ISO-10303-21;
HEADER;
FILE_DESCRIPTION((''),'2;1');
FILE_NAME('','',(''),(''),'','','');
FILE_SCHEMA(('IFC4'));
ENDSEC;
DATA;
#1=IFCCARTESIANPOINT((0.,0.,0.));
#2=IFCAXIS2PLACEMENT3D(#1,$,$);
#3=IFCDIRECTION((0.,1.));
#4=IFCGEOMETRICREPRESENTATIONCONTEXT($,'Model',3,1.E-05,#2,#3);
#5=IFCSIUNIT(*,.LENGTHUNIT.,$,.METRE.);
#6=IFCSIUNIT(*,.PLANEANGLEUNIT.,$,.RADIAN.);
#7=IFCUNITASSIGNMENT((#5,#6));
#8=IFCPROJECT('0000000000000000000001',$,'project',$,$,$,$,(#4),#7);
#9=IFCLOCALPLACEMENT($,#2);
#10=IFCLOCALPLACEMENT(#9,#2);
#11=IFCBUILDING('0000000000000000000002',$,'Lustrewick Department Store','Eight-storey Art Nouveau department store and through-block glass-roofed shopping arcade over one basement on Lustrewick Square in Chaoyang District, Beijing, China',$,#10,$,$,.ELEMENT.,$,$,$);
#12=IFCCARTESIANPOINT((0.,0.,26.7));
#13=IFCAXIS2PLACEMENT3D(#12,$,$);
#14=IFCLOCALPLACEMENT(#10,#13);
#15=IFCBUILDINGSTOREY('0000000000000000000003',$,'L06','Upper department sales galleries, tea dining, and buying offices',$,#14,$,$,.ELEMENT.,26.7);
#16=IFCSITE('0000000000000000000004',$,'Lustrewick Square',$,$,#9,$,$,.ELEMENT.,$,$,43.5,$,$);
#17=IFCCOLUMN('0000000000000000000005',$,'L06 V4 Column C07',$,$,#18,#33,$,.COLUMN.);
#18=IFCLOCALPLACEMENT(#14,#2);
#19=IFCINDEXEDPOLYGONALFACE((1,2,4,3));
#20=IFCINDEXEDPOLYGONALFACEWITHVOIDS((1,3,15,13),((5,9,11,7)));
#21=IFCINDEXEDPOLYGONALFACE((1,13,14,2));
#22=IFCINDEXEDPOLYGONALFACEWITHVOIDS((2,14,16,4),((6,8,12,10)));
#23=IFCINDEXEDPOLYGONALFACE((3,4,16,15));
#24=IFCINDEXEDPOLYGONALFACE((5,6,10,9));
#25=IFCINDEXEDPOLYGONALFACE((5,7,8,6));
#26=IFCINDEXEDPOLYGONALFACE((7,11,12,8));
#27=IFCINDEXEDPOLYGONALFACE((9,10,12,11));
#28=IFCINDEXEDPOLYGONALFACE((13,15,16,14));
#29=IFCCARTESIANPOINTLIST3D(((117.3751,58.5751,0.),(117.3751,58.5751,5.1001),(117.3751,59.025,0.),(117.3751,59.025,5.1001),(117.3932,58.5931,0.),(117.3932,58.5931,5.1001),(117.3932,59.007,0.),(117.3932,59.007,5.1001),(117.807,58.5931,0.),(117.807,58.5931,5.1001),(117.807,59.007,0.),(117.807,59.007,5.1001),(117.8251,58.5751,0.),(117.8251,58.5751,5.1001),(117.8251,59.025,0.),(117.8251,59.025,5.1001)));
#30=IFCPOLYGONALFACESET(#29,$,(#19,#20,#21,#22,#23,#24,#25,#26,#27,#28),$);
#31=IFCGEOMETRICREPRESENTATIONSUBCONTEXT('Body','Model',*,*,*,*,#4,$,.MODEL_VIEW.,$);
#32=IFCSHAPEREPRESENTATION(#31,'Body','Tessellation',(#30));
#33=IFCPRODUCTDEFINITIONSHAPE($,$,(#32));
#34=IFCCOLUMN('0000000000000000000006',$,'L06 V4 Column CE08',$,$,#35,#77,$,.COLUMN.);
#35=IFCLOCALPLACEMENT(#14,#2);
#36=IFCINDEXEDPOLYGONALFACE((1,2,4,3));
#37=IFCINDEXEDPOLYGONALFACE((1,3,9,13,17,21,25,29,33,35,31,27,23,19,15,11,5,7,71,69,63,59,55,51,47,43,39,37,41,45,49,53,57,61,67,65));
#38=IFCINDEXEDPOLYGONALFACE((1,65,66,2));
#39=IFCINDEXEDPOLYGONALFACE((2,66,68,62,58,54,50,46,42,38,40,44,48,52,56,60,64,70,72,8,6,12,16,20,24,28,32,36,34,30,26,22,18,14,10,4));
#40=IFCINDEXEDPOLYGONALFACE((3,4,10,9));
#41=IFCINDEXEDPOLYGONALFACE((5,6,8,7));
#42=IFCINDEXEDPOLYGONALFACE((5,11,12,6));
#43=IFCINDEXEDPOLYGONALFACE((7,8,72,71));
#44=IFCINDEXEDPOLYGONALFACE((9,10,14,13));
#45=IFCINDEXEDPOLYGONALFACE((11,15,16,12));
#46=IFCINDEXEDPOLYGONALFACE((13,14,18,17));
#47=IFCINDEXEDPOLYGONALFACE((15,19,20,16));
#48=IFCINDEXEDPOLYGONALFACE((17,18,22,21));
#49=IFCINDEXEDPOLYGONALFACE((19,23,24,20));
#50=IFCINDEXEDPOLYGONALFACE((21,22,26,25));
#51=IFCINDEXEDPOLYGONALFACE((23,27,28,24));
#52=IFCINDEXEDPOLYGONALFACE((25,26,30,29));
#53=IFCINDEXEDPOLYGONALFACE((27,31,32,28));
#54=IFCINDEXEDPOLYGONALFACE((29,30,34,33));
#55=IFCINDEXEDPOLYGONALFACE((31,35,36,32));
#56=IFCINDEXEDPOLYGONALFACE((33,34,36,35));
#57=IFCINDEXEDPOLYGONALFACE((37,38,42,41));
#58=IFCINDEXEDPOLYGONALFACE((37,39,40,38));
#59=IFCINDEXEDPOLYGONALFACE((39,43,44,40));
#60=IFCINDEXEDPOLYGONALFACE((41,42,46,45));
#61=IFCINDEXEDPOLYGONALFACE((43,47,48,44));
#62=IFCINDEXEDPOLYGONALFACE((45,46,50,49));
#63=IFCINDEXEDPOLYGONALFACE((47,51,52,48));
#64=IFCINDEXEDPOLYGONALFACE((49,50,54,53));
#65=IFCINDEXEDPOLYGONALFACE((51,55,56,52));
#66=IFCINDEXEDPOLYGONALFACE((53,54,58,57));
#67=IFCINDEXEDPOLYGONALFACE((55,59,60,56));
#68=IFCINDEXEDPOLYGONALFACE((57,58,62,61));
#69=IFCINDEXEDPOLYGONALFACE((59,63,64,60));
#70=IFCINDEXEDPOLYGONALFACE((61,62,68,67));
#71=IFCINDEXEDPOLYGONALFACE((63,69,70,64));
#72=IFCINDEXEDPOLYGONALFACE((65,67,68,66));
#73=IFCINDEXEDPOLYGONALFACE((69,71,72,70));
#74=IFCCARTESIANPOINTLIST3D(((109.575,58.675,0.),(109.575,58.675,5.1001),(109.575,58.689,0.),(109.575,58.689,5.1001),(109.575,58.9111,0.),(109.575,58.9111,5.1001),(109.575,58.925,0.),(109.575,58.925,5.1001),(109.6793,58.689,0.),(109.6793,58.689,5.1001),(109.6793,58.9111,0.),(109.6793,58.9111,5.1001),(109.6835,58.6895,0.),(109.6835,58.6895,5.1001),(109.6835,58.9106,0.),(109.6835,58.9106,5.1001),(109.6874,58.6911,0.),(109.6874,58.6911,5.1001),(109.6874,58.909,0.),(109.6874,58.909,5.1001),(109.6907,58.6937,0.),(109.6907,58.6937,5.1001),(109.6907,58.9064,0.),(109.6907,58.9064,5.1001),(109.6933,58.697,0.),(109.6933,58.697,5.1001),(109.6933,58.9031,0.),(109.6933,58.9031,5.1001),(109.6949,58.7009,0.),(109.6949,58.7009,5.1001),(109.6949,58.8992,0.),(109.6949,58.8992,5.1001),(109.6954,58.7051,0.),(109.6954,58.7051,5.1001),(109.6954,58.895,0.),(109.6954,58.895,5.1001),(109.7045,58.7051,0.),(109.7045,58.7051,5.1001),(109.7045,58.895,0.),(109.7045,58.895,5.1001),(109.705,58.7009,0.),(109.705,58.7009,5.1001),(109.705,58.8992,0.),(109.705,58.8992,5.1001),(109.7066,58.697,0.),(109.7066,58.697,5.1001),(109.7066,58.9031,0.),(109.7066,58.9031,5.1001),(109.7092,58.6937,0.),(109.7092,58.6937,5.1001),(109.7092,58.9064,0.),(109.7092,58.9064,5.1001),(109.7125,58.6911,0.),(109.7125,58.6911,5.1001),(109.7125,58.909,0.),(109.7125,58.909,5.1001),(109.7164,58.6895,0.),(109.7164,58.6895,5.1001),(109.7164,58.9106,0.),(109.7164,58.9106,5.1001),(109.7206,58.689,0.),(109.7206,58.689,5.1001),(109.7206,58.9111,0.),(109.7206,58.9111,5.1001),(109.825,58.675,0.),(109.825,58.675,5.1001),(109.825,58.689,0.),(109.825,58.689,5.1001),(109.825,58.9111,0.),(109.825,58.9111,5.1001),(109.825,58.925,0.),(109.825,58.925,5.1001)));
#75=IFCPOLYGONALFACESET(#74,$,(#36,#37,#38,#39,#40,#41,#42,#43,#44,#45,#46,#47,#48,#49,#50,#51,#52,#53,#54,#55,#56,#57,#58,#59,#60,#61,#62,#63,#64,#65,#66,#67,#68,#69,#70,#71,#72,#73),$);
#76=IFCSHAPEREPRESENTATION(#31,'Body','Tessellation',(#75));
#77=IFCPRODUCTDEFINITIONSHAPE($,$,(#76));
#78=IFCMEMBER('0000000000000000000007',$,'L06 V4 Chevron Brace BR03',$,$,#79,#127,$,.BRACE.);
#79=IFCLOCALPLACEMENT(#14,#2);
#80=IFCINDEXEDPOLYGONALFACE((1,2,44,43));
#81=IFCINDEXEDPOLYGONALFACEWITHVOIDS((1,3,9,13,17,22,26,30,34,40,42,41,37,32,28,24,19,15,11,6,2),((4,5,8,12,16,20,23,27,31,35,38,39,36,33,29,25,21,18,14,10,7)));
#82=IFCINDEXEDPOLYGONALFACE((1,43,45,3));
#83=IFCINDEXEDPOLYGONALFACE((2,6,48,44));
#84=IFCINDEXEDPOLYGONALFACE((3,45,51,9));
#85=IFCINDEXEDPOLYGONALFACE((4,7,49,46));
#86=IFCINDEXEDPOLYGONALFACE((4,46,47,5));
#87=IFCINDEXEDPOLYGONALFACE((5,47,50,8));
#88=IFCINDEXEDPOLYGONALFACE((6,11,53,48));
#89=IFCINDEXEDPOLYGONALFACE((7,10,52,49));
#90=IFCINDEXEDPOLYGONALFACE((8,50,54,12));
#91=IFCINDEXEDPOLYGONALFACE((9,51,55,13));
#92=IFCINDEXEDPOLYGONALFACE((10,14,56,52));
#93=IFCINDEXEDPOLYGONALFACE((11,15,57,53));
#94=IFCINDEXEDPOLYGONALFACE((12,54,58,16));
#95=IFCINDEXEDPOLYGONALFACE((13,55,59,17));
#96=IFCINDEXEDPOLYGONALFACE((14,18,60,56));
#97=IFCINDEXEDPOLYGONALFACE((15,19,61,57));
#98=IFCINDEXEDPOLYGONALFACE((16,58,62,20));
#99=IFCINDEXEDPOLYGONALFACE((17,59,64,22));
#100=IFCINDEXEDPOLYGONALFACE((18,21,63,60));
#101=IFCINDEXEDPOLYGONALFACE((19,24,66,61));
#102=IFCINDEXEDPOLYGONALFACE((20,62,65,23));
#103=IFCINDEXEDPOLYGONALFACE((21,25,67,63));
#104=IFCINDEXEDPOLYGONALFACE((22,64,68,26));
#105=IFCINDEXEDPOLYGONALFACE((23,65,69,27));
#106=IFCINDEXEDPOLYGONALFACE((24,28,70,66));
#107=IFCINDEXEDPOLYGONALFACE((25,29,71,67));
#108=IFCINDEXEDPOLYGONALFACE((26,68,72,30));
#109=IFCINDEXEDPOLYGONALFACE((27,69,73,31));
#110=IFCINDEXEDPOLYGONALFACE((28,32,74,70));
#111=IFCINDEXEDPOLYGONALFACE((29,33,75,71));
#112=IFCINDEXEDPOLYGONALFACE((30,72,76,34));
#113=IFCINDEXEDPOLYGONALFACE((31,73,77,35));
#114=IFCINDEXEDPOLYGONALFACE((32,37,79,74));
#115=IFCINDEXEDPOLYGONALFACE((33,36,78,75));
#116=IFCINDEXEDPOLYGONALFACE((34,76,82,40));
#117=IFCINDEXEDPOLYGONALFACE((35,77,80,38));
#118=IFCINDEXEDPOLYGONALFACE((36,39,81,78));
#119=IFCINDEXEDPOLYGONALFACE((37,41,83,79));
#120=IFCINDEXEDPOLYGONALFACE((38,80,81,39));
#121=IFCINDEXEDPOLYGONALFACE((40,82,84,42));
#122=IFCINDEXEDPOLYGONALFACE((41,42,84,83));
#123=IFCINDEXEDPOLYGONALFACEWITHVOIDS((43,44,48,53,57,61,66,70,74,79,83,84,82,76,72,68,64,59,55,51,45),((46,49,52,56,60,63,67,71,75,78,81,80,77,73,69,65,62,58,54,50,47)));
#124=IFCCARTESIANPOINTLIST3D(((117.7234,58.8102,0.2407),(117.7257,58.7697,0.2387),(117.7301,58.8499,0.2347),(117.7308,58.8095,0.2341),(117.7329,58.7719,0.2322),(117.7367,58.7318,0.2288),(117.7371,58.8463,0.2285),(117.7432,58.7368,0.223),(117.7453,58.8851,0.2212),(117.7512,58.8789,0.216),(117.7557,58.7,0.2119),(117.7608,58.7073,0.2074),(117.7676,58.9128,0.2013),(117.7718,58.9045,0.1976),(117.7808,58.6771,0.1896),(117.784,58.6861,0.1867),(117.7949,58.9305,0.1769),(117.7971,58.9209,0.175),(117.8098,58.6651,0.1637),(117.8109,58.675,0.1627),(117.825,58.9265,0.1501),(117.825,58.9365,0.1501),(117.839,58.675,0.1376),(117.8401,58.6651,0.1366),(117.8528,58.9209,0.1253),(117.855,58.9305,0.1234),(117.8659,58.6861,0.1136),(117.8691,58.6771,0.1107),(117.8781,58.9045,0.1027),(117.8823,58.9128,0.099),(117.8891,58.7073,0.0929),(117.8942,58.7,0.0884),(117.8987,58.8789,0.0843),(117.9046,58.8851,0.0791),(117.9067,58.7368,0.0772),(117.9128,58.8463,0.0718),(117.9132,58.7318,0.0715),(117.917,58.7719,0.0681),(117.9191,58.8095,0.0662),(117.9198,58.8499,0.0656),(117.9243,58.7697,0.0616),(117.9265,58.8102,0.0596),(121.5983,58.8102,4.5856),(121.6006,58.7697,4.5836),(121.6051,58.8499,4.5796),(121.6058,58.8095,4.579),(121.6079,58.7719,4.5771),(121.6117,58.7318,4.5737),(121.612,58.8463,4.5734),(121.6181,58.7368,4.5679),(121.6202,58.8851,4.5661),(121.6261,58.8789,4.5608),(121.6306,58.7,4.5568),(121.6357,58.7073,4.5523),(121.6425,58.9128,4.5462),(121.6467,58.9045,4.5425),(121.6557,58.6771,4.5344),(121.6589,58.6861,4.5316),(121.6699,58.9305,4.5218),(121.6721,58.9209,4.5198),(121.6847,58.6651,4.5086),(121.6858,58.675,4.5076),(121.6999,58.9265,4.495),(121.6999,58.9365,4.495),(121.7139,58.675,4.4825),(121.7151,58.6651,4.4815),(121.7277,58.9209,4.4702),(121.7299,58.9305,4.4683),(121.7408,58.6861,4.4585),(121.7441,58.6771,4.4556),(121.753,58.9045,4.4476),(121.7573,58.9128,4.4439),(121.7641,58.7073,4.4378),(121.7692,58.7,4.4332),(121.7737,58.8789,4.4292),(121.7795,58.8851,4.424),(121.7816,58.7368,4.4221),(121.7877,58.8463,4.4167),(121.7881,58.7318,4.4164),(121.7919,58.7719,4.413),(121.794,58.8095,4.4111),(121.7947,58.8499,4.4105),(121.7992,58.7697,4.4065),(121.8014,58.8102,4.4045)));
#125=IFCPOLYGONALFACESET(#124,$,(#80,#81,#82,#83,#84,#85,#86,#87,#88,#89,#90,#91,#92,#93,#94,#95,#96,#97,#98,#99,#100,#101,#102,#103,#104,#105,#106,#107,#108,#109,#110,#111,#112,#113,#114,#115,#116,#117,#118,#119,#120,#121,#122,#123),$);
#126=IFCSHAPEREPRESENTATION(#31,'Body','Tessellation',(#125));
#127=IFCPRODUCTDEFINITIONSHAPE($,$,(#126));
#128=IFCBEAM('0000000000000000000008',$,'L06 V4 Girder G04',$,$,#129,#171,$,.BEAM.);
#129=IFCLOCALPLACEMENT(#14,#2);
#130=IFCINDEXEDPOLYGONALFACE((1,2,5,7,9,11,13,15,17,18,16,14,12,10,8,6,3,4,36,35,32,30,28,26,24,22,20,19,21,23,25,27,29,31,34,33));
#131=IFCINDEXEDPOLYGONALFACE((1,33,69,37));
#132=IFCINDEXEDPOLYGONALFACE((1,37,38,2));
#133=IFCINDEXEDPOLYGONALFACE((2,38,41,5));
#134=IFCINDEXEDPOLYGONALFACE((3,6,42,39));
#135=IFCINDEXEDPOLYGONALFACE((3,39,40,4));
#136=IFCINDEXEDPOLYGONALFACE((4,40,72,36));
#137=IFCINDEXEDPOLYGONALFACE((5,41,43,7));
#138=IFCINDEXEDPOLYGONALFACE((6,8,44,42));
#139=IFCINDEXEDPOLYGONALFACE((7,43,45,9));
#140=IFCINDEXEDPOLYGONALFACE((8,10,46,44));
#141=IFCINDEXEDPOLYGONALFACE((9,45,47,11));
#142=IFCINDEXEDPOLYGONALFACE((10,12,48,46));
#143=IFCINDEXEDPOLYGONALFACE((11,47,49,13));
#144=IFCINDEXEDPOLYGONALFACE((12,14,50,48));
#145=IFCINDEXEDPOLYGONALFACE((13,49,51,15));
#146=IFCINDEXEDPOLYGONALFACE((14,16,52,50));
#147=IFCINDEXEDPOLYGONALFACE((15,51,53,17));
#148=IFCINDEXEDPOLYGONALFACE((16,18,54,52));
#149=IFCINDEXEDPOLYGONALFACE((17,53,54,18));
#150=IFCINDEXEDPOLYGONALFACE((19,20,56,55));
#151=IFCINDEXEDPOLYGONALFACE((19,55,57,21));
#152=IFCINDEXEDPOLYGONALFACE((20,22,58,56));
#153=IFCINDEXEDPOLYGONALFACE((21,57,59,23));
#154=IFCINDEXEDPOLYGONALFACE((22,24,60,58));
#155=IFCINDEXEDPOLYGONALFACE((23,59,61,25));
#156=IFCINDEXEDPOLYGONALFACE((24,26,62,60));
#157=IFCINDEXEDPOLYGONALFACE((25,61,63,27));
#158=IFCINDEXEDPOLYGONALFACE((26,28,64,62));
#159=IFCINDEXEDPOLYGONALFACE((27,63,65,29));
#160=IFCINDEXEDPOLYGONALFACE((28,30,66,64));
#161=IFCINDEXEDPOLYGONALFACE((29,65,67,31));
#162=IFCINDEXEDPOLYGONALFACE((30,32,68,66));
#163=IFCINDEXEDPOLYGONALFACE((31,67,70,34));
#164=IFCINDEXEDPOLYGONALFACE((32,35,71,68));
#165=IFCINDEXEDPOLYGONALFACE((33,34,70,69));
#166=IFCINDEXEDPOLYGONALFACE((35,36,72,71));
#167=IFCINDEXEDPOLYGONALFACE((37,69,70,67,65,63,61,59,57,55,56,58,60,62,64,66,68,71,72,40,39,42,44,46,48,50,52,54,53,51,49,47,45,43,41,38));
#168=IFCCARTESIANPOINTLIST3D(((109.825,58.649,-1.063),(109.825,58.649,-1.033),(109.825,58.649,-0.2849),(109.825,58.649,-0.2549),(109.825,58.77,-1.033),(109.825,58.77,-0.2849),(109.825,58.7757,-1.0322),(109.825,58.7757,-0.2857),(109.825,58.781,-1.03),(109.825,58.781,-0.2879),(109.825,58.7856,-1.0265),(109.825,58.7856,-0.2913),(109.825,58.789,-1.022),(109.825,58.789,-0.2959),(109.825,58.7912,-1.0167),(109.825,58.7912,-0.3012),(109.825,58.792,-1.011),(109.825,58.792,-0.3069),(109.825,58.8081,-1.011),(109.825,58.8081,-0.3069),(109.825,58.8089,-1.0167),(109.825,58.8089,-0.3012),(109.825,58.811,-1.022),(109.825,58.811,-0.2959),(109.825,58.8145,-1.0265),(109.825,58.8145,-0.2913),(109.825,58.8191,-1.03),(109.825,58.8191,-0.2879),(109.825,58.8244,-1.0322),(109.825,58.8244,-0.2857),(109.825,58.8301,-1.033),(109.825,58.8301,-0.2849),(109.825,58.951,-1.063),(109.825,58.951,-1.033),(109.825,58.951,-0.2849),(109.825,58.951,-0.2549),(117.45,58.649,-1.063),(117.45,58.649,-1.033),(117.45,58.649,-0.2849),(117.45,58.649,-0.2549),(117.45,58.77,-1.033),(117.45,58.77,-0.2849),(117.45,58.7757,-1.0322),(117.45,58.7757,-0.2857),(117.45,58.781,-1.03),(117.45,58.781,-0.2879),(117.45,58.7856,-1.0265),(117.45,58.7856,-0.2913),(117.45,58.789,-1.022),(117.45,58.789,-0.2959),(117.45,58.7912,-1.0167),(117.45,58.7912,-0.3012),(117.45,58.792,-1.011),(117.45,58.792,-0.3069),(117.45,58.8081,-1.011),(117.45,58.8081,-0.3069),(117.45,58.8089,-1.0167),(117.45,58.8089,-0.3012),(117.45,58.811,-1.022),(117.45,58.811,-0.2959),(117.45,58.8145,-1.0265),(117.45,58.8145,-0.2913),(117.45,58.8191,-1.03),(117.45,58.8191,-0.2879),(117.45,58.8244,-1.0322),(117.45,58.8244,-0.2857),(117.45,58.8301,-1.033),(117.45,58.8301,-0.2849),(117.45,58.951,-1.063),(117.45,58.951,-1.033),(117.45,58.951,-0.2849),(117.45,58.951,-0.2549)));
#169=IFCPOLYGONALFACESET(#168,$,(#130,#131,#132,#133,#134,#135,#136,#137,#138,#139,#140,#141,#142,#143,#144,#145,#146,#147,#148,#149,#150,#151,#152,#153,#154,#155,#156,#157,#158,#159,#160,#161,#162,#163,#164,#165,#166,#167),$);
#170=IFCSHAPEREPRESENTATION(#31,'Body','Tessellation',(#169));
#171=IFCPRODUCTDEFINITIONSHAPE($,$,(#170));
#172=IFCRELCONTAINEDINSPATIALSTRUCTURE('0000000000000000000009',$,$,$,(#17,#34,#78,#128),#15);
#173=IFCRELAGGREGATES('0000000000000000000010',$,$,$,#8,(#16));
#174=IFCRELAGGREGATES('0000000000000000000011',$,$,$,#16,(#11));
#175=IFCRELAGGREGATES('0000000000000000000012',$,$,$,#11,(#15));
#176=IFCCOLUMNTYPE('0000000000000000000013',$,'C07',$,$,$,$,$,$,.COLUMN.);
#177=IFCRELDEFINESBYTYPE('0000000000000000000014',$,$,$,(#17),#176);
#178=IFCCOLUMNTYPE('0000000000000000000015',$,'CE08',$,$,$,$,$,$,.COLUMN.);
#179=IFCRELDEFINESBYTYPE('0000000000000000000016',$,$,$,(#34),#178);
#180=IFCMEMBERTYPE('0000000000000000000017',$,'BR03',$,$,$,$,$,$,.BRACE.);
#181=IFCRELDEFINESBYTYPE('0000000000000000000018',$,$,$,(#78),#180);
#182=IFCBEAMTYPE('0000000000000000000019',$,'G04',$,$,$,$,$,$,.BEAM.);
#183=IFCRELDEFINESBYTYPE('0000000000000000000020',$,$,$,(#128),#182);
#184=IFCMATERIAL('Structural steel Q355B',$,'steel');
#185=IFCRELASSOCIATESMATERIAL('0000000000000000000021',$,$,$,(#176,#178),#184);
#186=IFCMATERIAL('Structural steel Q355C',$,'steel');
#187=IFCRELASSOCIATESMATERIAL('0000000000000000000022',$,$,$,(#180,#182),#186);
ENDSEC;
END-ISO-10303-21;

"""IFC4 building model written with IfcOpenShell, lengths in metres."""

from ifc_helpers import new_model, si_unit, direction, frame, origin, origin_2d, place, context, subcontext, project, spatial, hollow_rectangle, hollow_circle, i_section, extrude, material, material_profile, profile_set, type_object, element, save


model = new_model("IFC4")

# Units and contexts
model_context = context("Model", 3, precision=1e-05, world=origin(), true_north=direction((0.0, 1.0)))
body_context = subcontext(model_context, "Body", "Model", "MODEL_VIEW")
ifc_project = project(units=[si_unit("LENGTHUNIT", "METRE"), si_unit("PLANEANGLEUNIT", "RADIAN")], contexts=[model_context])

# Site, building, storey
site_placement = place(None, origin())
site = spatial("IfcSite", under=ifc_project, at=site_placement, Name="Lustrewick Square", CompositionType="ELEMENT", RefElevation=43.5)
building_placement = place(site_placement, origin())
building = spatial("IfcBuilding", under=site, at=building_placement, Name="Lustrewick Department Store", Description="Eight-storey Art Nouveau department store and through-block glass-roofed shopping arcade over one basement on Lustrewick Square in Chaoyang District, Beijing, China", CompositionType="ELEMENT")
storey_placement = place(building_placement, frame((0.0, 0.0, 26.7)))
storey = spatial("IfcBuildingStorey", under=building, at=storey_placement, Name="L06", Description="Upper department sales galleries, tea dining, and buying offices", CompositionType="ELEMENT", Elevation=26.7)

# Columns
ifc_material_1 = material(Name="Structural steel Q355B", Category="steel")
ifc_material_profile_1 = material_profile(ifc_material_1, hollow_rectangle(XDim=0.45, YDim=0.45, WallThickness=0.0181, at=origin_2d()), Name="BOX 450x450x18")
ifc_profile_set_1 = profile_set([ifc_material_profile_1], Name="Structural steel Q355B")
column_type_1 = type_object("IfcColumnType", Name="C07", PredefinedType="COLUMN", material=ifc_profile_set_1)
column_1_placement = place(storey_placement, frame((117.6001, 58.8, 0.0), z_axis=(0.0, 0.0, 1.0), x_axis=(1.0, 0.0, 0.0)))
element("IfcColumn", 1, at=column_1_placement, inside=storey, type_object=column_type_1, Name="L06 V4 Column C07", PredefinedType="COLUMN", context=body_context, shape_type="SweptSolid", body=[
    extrude(hollow_rectangle(XDim=0.45, YDim=0.45, WallThickness=0.0181, at=origin_2d()), origin(), (0.0, 0.0, 1.0), 5.1001),
])
ifc_material_profile_2 = material_profile(ifc_material_1, i_section(OverallWidth=0.25, OverallDepth=0.25, WebThickness=0.009, FlangeThickness=0.0139, FilletRadius=0.0161, at=origin_2d()), Name="HW 250x250x9x14")
ifc_profile_set_2 = profile_set([ifc_material_profile_2], Name="Structural steel Q355B")
column_type_2 = type_object("IfcColumnType", Name="CE08", PredefinedType="COLUMN", material=ifc_profile_set_2)
column_2_placement = place(storey_placement, frame((109.7, 58.8, 0.0), z_axis=(0.0, 0.0, 1.0), x_axis=(1.0, 0.0, 0.0)))
element("IfcColumn", 2, at=column_2_placement, inside=storey, type_object=column_type_2, Name="L06 V4 Column CE08", PredefinedType="COLUMN", context=body_context, shape_type="SweptSolid", body=[
    extrude(i_section(OverallWidth=0.25, OverallDepth=0.25, WebThickness=0.009, FlangeThickness=0.0139, FilletRadius=0.0161, at=origin_2d()), origin(), (0.0, 0.0, 1.0), 5.1001),
])

# Member
ifc_material_2 = material(Name="Structural steel Q355C", Category="steel")
ifc_material_profile_3 = material_profile(ifc_material_2, hollow_circle(Radius=0.1365, WallThickness=0.01, at=origin_2d()), Name="CHS 273x10")
ifc_profile_set_3 = profile_set([ifc_material_profile_3], Name="Structural steel Q355C")
member_type = type_object("IfcMemberType", Name="BR03", PredefinedType="BRACE", material=ifc_profile_set_3)
member_placement = place(storey_placement, frame((117.825, 58.8, 0.1501), z_axis=(0.665591, 0.0, 0.746316), x_axis=(0.0, 1.0, 0.0)))
element("IfcMember", 3, at=member_placement, inside=storey, type_object=member_type, Name="L06 V4 Chevron Brace BR03", PredefinedType="BRACE", context=body_context, shape_type="SweptSolid", body=[
    extrude(hollow_circle(Radius=0.1365, WallThickness=0.01, at=origin_2d()), origin(), (0.0, 0.0, 1.0), 5.8218),
])

# Beam
ifc_material_profile_4 = material_profile(ifc_material_2, i_section(OverallWidth=0.302, OverallDepth=0.8081, WebThickness=0.0161, FlangeThickness=0.03, FilletRadius=0.022, at=origin_2d()), Name="HN 808x302x16x30")
ifc_profile_set_4 = profile_set([ifc_material_profile_4], Name="Structural steel Q355C")
beam_type_1 = type_object("IfcBeamType", Name="G04", PredefinedType="BEAM", material=ifc_profile_set_4)
beam_1_placement = place(storey_placement, frame((109.825, 58.8, -0.6589), z_axis=(1.0, 0.0, 0.0), x_axis=(0.0, 1.0, 0.0)))
element("IfcBeam", 4, at=beam_1_placement, inside=storey, type_object=beam_type_1, Name="L06 V4 Girder G04", PredefinedType="BEAM", context=body_context, shape_type="SweptSolid", body=[
    extrude(i_section(OverallWidth=0.302, OverallDepth=0.8081, WebThickness=0.0161, FlangeThickness=0.03, FilletRadius=0.022, at=origin_2d()), origin(), (0.0, 0.0, 1.0), 7.625),
])

save(model, "model.ifc")
